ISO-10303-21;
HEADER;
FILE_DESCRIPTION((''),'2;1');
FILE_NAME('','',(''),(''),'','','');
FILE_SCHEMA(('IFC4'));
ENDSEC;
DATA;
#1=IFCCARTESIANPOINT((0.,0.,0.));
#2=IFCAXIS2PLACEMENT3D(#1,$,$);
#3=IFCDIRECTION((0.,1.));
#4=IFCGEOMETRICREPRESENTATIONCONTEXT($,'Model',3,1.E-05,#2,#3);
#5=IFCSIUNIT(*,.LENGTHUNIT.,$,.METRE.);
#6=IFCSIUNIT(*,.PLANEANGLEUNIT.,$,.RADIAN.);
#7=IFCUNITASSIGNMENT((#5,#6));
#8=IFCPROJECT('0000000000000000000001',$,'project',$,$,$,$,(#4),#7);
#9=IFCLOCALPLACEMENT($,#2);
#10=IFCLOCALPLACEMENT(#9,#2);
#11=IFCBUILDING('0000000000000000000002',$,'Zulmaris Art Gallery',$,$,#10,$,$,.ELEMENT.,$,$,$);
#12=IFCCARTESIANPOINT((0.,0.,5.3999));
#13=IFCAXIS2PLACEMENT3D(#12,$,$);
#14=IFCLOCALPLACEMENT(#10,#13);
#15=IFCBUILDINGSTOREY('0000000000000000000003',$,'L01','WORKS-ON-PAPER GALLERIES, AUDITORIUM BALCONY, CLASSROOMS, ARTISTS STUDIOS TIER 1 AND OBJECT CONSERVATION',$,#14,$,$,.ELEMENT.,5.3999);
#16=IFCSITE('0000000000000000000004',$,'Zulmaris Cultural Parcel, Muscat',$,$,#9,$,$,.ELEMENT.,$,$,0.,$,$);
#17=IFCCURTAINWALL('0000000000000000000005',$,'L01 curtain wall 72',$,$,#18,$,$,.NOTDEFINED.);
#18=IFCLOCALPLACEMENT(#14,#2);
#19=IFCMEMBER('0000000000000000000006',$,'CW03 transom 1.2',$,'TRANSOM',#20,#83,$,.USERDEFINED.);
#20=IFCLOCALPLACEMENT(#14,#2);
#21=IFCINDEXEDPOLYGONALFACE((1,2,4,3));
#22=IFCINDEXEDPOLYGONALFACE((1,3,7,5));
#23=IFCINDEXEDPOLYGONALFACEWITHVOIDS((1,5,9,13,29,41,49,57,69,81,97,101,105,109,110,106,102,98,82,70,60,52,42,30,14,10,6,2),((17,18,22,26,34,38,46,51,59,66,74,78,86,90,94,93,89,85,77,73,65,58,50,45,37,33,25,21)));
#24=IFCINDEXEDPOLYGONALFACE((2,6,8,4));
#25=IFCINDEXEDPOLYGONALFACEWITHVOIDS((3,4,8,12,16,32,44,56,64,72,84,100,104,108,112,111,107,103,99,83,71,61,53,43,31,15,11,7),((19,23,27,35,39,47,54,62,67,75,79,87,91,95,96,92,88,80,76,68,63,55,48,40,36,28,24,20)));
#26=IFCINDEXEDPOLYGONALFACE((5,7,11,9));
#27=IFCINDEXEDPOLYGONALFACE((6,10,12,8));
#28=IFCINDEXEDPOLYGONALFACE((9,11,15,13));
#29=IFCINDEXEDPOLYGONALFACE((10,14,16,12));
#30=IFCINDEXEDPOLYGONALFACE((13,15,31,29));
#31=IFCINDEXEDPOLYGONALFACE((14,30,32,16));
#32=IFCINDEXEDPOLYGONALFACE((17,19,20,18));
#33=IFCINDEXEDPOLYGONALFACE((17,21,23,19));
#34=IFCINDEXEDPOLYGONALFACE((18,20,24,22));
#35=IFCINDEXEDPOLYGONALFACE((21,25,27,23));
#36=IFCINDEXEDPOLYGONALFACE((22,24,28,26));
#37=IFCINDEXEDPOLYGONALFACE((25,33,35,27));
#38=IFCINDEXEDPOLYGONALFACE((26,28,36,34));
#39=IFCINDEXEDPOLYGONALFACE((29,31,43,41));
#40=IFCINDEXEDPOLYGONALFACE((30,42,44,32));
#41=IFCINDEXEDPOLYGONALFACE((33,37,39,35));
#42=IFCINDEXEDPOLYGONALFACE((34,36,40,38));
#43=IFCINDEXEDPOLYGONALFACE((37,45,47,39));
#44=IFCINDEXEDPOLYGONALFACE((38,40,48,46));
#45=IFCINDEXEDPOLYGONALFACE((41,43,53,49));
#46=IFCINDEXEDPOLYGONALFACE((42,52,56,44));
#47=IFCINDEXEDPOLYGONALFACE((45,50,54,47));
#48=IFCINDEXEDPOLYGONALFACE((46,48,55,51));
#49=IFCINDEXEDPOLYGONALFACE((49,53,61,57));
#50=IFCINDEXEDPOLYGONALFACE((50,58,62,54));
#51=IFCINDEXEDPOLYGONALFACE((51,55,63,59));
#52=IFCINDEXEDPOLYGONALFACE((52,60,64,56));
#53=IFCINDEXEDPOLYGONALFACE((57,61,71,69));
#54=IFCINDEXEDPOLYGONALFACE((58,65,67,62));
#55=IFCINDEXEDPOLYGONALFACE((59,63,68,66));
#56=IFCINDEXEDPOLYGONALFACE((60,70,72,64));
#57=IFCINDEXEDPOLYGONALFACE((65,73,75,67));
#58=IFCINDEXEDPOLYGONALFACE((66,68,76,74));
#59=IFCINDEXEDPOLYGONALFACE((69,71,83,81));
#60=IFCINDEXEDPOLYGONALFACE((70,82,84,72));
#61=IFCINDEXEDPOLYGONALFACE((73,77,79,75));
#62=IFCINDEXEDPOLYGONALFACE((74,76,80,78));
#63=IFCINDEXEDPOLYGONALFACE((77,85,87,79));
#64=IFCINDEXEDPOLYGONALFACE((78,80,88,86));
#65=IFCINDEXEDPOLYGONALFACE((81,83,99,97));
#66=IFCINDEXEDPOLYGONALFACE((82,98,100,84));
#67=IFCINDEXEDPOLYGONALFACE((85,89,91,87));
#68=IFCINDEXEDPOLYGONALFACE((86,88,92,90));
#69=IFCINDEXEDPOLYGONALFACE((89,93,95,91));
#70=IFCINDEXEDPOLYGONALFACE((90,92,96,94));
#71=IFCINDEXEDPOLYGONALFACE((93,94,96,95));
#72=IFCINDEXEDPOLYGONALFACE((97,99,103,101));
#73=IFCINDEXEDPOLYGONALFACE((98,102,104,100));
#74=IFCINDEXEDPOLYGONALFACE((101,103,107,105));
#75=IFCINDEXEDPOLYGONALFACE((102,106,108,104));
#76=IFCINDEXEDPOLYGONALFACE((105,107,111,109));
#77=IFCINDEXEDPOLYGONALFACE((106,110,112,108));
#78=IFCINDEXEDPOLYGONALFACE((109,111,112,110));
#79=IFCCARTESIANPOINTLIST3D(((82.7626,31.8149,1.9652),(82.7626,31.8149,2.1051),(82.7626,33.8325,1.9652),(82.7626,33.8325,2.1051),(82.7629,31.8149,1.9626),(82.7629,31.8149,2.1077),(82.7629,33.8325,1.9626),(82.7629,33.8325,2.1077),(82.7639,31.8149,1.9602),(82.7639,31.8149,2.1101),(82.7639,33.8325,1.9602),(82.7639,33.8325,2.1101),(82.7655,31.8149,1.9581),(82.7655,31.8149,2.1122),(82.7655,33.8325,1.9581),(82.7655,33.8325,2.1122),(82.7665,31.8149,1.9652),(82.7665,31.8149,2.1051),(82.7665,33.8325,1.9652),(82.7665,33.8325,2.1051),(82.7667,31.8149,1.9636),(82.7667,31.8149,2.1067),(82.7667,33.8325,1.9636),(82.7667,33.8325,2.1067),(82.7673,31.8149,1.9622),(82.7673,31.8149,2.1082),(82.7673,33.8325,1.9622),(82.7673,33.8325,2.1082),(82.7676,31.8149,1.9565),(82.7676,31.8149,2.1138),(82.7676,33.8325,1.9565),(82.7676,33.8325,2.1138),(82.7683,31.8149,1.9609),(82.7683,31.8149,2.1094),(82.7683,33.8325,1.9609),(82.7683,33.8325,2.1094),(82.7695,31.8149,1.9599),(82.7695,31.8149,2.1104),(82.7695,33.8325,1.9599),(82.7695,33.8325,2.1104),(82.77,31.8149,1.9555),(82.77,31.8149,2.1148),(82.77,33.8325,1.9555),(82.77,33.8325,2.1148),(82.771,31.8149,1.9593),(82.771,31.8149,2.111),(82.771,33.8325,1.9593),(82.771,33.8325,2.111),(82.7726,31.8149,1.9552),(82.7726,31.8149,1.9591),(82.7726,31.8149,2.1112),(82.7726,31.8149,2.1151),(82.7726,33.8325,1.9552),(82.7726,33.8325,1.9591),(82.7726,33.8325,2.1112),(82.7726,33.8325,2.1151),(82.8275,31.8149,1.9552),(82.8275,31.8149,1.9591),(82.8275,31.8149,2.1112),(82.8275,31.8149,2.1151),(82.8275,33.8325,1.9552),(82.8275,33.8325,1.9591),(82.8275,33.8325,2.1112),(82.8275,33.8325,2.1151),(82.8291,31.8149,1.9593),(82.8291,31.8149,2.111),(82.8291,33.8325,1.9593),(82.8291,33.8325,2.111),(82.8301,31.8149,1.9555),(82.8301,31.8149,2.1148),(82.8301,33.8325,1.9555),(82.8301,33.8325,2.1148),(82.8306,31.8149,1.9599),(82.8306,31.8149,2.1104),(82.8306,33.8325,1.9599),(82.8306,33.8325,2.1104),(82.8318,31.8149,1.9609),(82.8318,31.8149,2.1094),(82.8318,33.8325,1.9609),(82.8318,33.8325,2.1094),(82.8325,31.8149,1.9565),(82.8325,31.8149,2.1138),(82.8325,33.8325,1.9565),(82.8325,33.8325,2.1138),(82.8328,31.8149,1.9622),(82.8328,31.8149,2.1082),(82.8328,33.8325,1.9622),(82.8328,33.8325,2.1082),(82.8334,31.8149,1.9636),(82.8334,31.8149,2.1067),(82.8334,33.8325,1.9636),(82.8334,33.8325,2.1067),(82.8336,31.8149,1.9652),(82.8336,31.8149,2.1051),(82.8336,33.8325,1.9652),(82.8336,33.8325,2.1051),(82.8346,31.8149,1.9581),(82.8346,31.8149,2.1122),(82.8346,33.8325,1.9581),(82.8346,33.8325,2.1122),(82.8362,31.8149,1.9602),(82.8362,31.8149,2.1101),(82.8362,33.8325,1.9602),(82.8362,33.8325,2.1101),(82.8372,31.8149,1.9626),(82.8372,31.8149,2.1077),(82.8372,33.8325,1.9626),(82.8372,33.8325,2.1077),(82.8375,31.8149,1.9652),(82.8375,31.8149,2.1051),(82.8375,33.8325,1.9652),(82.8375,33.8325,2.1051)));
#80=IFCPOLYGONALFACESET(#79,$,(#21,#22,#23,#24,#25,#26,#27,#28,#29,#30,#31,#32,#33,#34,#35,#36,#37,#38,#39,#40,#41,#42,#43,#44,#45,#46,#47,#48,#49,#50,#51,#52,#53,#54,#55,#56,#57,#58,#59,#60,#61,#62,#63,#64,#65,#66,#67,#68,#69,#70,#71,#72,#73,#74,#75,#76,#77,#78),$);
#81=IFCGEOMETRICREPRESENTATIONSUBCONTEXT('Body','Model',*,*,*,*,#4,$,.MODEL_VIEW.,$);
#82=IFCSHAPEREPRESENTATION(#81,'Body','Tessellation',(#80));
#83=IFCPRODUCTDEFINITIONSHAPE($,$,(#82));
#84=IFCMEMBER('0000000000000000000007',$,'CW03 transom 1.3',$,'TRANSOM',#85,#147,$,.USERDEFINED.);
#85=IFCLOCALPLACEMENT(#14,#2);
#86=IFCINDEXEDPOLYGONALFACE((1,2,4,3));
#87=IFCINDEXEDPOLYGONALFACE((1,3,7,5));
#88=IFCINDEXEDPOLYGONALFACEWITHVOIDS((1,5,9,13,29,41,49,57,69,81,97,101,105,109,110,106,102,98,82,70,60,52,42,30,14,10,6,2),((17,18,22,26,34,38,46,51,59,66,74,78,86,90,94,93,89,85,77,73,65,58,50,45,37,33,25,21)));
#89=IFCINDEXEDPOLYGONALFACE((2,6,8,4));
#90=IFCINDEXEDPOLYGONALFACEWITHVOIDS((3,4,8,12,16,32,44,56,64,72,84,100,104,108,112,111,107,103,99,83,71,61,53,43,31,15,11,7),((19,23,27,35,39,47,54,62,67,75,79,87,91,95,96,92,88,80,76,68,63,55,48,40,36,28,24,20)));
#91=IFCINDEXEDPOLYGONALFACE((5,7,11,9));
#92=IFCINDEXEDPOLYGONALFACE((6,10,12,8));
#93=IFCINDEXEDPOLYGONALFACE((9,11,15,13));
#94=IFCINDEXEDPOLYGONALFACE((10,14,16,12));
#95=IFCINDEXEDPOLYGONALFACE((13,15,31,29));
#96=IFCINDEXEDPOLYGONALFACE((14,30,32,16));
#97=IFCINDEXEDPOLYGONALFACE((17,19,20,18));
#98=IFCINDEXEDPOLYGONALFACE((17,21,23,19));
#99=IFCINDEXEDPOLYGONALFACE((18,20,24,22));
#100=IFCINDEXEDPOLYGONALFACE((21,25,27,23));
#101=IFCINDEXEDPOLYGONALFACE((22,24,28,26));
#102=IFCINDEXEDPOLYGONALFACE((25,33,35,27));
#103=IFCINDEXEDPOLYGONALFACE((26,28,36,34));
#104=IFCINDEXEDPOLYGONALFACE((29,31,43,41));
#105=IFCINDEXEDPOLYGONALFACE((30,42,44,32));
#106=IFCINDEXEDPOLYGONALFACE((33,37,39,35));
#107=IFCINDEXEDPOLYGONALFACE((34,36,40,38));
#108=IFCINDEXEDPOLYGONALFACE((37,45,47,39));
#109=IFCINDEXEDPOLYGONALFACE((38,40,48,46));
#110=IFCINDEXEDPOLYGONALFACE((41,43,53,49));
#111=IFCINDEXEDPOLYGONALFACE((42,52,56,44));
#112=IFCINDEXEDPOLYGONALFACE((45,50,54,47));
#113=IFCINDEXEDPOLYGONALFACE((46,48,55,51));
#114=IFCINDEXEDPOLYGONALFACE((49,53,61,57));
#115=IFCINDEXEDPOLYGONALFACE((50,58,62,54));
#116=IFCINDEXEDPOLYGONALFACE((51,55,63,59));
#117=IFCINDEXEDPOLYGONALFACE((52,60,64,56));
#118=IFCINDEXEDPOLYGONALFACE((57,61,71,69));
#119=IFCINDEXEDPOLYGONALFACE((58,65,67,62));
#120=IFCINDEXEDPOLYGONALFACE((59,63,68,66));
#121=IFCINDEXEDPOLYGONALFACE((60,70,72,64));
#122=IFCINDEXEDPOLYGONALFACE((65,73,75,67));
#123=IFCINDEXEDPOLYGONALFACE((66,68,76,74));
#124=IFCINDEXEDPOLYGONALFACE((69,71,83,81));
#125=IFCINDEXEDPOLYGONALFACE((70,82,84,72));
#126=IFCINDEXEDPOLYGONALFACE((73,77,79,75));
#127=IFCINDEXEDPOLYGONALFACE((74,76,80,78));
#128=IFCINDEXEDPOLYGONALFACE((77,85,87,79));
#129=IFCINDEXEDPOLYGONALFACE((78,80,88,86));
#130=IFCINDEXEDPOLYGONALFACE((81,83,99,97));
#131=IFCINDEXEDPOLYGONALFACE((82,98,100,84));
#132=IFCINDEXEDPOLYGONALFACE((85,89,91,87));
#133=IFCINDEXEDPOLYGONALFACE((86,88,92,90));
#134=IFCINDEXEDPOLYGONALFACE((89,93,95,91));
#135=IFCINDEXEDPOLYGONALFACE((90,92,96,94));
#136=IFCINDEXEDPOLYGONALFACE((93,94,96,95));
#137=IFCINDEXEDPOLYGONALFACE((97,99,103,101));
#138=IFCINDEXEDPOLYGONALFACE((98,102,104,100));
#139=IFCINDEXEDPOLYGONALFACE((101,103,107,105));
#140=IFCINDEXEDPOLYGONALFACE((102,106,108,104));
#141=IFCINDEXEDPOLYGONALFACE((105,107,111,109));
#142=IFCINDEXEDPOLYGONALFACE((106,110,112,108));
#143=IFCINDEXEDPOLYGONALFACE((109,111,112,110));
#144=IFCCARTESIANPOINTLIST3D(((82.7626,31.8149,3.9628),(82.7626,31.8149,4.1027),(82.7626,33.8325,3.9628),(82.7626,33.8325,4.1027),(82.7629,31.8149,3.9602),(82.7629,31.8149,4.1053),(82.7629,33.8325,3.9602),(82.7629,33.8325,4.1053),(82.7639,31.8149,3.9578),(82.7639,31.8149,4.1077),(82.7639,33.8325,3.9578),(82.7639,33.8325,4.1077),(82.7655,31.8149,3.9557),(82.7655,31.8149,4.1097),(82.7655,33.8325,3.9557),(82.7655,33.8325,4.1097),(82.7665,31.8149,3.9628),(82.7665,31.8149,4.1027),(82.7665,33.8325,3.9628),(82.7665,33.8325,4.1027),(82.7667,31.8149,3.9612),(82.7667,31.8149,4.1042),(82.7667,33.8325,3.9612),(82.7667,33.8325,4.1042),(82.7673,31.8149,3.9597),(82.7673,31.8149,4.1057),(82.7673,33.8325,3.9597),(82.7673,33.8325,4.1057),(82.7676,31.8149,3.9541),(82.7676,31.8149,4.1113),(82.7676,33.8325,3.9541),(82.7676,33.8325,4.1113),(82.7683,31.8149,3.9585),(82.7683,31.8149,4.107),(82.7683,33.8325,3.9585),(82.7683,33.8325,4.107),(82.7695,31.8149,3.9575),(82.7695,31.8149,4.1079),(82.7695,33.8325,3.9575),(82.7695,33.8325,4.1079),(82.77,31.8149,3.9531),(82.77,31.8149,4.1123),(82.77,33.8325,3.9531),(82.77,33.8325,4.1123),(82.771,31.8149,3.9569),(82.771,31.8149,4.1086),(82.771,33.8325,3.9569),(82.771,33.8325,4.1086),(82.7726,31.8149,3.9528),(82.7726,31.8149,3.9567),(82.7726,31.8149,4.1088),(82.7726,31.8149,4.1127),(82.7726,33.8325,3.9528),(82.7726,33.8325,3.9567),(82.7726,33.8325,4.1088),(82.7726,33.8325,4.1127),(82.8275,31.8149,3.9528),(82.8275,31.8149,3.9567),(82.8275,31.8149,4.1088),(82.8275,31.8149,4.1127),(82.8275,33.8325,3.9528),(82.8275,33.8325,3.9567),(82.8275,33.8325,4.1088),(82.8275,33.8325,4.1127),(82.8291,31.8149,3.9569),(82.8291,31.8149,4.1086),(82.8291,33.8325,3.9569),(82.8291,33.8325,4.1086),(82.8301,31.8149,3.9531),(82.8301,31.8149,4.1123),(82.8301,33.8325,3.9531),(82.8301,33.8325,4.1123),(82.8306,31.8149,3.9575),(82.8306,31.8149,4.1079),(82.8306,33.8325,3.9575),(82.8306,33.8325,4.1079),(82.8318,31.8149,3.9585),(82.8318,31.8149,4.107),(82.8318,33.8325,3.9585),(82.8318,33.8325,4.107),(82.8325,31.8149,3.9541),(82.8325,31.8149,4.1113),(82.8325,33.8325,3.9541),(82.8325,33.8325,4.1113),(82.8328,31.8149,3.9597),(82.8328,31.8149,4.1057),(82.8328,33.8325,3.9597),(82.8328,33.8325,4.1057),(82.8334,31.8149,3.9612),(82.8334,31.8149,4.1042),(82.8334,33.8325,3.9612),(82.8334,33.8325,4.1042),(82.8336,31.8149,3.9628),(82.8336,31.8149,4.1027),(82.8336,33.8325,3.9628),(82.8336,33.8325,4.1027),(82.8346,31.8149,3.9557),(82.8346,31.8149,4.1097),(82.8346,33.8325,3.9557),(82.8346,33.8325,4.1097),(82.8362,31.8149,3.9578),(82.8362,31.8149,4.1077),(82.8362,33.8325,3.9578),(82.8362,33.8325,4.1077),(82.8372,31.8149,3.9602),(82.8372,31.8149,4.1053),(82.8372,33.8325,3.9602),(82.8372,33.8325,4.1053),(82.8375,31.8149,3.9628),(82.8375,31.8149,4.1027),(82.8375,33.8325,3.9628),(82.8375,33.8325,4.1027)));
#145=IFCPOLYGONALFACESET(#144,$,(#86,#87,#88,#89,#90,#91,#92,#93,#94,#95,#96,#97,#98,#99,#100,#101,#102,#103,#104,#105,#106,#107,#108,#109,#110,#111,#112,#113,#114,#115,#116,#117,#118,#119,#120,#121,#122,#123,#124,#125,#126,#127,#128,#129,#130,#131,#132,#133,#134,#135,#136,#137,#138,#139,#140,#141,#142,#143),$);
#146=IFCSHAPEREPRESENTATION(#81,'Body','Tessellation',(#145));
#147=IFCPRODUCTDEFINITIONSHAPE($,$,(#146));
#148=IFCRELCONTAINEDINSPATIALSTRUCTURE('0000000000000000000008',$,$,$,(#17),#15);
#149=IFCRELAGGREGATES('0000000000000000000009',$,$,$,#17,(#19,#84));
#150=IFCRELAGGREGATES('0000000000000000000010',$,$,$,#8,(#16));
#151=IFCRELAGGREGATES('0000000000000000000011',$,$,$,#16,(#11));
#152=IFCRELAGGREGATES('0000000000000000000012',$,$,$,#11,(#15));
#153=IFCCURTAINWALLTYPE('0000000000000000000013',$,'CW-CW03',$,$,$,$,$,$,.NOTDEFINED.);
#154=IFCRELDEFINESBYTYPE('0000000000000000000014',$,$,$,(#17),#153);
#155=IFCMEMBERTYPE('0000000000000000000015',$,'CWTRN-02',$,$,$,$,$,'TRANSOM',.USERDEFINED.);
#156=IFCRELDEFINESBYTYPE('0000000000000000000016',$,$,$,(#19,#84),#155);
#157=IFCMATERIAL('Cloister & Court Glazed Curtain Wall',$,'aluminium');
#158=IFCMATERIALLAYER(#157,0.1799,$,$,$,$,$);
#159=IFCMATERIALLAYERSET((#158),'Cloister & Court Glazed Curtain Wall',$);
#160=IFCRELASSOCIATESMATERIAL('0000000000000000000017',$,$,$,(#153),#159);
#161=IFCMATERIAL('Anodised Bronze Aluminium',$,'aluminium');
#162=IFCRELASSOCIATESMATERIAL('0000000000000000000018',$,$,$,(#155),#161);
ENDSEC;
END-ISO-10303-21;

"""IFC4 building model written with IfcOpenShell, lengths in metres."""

from ifc_helpers import new_model, si_unit, direction, frame, origin, origin_2d, place, context, subcontext, project, spatial, hollow_rectangle, extrude, material, layer, layer_set, material_profile, profile_set, type_object, element, aggregate, save


model = new_model("IFC4")

# Units and contexts
model_context = context("Model", 3, precision=1e-05, world=origin(), true_north=direction((0.0, 1.0)))
body_context = subcontext(model_context, "Body", "Model", "MODEL_VIEW")
ifc_project = project(units=[si_unit("LENGTHUNIT", "METRE"), si_unit("PLANEANGLEUNIT", "RADIAN")], contexts=[model_context])

# Site, building, storey
site_placement = place(None, origin())
site = spatial("IfcSite", under=ifc_project, at=site_placement, Name="Zulmaris Cultural Parcel, Muscat", CompositionType="ELEMENT", RefElevation=0.0)
building_placement = place(site_placement, origin())
building = spatial("IfcBuilding", under=site, at=building_placement, Name="Zulmaris Art Gallery", CompositionType="ELEMENT")
storey_placement = place(building_placement, frame((0.0, 0.0, 5.3999)))
storey = spatial("IfcBuildingStorey", under=building, at=storey_placement, Name="L01", Description="WORKS-ON-PAPER GALLERIES, AUDITORIUM BALCONY, CLASSROOMS, ARTISTS STUDIOS TIER 1 AND OBJECT CONSERVATION", CompositionType="ELEMENT", Elevation=5.3999)

# Curtain wall, members
ifc_material_1 = material(Name="Cloister & Court Glazed Curtain Wall", Category="aluminium")
ifc_layer_1 = layer(ifc_material_1, 0.1799)
ifc_layer_set_1 = layer_set([ifc_layer_1], Name="Cloister & Court Glazed Curtain Wall")
curtain_wall_type = type_object("IfcCurtainWallType", Name="CW-CW03", PredefinedType="NOTDEFINED", material=ifc_layer_set_1)
curtain_wall_placement = place(storey_placement, origin())
curtain_wall = element("IfcCurtainWall", 1, at=curtain_wall_placement, inside=storey, type_object=curtain_wall_type, Name="L01 curtain wall 72", PredefinedType="NOTDEFINED")
ifc_material_2 = material(Name="Anodised Bronze Aluminium", Category="aluminium")
ifc_material_profile_1 = material_profile(ifc_material_2, hollow_rectangle(XDim=0.075, YDim=0.1599, WallThickness=0.0039, InnerFilletRadius=0.0061, OuterFilletRadius=0.01, at=origin_2d()), Name="ALU 75x160x4")
ifc_profile_set_1 = profile_set([ifc_material_profile_1], Name="Anodised Bronze Aluminium")
member_type_1 = type_object("IfcMemberType", Name="CWTRN-02", ElementType="TRANSOM", PredefinedType="USERDEFINED", material=ifc_profile_set_1)
member_1_placement = place(storey_placement, frame((82.8, 31.8149, 2.0352), z_axis=(0.0, 1.0, 0.0), x_axis=(-1.0, 0.0, 0.0)))
member_1 = element("IfcMember", 2, at=member_1_placement, type_object=member_type_1, Name="CW03 transom 1.2", ObjectType="TRANSOM", PredefinedType="USERDEFINED", context=body_context, shape_type="SweptSolid", body=[
    extrude(hollow_rectangle(XDim=0.075, YDim=0.1599, WallThickness=0.0039, InnerFilletRadius=0.0061, OuterFilletRadius=0.01, at=origin_2d()), origin(), (0.0, 0.0, 1.0), 2.0176),
])
member_2_placement = place(storey_placement, frame((82.8, 31.8149, 4.0327), z_axis=(0.0, 1.0, 0.0), x_axis=(-1.0, 0.0, 0.0)))
member_2 = element("IfcMember", 3, at=member_2_placement, type_object=member_type_1, Name="CW03 transom 1.3", ObjectType="TRANSOM", PredefinedType="USERDEFINED", context=body_context, shape_type="SweptSolid", body=[
    extrude(hollow_rectangle(XDim=0.075, YDim=0.1599, WallThickness=0.0039, InnerFilletRadius=0.0061, OuterFilletRadius=0.01, at=origin_2d()), origin(), (0.0, 0.0, 1.0), 2.0176),
])
aggregate(curtain_wall, [member_1, member_2])

save(model, "model.ifc")
